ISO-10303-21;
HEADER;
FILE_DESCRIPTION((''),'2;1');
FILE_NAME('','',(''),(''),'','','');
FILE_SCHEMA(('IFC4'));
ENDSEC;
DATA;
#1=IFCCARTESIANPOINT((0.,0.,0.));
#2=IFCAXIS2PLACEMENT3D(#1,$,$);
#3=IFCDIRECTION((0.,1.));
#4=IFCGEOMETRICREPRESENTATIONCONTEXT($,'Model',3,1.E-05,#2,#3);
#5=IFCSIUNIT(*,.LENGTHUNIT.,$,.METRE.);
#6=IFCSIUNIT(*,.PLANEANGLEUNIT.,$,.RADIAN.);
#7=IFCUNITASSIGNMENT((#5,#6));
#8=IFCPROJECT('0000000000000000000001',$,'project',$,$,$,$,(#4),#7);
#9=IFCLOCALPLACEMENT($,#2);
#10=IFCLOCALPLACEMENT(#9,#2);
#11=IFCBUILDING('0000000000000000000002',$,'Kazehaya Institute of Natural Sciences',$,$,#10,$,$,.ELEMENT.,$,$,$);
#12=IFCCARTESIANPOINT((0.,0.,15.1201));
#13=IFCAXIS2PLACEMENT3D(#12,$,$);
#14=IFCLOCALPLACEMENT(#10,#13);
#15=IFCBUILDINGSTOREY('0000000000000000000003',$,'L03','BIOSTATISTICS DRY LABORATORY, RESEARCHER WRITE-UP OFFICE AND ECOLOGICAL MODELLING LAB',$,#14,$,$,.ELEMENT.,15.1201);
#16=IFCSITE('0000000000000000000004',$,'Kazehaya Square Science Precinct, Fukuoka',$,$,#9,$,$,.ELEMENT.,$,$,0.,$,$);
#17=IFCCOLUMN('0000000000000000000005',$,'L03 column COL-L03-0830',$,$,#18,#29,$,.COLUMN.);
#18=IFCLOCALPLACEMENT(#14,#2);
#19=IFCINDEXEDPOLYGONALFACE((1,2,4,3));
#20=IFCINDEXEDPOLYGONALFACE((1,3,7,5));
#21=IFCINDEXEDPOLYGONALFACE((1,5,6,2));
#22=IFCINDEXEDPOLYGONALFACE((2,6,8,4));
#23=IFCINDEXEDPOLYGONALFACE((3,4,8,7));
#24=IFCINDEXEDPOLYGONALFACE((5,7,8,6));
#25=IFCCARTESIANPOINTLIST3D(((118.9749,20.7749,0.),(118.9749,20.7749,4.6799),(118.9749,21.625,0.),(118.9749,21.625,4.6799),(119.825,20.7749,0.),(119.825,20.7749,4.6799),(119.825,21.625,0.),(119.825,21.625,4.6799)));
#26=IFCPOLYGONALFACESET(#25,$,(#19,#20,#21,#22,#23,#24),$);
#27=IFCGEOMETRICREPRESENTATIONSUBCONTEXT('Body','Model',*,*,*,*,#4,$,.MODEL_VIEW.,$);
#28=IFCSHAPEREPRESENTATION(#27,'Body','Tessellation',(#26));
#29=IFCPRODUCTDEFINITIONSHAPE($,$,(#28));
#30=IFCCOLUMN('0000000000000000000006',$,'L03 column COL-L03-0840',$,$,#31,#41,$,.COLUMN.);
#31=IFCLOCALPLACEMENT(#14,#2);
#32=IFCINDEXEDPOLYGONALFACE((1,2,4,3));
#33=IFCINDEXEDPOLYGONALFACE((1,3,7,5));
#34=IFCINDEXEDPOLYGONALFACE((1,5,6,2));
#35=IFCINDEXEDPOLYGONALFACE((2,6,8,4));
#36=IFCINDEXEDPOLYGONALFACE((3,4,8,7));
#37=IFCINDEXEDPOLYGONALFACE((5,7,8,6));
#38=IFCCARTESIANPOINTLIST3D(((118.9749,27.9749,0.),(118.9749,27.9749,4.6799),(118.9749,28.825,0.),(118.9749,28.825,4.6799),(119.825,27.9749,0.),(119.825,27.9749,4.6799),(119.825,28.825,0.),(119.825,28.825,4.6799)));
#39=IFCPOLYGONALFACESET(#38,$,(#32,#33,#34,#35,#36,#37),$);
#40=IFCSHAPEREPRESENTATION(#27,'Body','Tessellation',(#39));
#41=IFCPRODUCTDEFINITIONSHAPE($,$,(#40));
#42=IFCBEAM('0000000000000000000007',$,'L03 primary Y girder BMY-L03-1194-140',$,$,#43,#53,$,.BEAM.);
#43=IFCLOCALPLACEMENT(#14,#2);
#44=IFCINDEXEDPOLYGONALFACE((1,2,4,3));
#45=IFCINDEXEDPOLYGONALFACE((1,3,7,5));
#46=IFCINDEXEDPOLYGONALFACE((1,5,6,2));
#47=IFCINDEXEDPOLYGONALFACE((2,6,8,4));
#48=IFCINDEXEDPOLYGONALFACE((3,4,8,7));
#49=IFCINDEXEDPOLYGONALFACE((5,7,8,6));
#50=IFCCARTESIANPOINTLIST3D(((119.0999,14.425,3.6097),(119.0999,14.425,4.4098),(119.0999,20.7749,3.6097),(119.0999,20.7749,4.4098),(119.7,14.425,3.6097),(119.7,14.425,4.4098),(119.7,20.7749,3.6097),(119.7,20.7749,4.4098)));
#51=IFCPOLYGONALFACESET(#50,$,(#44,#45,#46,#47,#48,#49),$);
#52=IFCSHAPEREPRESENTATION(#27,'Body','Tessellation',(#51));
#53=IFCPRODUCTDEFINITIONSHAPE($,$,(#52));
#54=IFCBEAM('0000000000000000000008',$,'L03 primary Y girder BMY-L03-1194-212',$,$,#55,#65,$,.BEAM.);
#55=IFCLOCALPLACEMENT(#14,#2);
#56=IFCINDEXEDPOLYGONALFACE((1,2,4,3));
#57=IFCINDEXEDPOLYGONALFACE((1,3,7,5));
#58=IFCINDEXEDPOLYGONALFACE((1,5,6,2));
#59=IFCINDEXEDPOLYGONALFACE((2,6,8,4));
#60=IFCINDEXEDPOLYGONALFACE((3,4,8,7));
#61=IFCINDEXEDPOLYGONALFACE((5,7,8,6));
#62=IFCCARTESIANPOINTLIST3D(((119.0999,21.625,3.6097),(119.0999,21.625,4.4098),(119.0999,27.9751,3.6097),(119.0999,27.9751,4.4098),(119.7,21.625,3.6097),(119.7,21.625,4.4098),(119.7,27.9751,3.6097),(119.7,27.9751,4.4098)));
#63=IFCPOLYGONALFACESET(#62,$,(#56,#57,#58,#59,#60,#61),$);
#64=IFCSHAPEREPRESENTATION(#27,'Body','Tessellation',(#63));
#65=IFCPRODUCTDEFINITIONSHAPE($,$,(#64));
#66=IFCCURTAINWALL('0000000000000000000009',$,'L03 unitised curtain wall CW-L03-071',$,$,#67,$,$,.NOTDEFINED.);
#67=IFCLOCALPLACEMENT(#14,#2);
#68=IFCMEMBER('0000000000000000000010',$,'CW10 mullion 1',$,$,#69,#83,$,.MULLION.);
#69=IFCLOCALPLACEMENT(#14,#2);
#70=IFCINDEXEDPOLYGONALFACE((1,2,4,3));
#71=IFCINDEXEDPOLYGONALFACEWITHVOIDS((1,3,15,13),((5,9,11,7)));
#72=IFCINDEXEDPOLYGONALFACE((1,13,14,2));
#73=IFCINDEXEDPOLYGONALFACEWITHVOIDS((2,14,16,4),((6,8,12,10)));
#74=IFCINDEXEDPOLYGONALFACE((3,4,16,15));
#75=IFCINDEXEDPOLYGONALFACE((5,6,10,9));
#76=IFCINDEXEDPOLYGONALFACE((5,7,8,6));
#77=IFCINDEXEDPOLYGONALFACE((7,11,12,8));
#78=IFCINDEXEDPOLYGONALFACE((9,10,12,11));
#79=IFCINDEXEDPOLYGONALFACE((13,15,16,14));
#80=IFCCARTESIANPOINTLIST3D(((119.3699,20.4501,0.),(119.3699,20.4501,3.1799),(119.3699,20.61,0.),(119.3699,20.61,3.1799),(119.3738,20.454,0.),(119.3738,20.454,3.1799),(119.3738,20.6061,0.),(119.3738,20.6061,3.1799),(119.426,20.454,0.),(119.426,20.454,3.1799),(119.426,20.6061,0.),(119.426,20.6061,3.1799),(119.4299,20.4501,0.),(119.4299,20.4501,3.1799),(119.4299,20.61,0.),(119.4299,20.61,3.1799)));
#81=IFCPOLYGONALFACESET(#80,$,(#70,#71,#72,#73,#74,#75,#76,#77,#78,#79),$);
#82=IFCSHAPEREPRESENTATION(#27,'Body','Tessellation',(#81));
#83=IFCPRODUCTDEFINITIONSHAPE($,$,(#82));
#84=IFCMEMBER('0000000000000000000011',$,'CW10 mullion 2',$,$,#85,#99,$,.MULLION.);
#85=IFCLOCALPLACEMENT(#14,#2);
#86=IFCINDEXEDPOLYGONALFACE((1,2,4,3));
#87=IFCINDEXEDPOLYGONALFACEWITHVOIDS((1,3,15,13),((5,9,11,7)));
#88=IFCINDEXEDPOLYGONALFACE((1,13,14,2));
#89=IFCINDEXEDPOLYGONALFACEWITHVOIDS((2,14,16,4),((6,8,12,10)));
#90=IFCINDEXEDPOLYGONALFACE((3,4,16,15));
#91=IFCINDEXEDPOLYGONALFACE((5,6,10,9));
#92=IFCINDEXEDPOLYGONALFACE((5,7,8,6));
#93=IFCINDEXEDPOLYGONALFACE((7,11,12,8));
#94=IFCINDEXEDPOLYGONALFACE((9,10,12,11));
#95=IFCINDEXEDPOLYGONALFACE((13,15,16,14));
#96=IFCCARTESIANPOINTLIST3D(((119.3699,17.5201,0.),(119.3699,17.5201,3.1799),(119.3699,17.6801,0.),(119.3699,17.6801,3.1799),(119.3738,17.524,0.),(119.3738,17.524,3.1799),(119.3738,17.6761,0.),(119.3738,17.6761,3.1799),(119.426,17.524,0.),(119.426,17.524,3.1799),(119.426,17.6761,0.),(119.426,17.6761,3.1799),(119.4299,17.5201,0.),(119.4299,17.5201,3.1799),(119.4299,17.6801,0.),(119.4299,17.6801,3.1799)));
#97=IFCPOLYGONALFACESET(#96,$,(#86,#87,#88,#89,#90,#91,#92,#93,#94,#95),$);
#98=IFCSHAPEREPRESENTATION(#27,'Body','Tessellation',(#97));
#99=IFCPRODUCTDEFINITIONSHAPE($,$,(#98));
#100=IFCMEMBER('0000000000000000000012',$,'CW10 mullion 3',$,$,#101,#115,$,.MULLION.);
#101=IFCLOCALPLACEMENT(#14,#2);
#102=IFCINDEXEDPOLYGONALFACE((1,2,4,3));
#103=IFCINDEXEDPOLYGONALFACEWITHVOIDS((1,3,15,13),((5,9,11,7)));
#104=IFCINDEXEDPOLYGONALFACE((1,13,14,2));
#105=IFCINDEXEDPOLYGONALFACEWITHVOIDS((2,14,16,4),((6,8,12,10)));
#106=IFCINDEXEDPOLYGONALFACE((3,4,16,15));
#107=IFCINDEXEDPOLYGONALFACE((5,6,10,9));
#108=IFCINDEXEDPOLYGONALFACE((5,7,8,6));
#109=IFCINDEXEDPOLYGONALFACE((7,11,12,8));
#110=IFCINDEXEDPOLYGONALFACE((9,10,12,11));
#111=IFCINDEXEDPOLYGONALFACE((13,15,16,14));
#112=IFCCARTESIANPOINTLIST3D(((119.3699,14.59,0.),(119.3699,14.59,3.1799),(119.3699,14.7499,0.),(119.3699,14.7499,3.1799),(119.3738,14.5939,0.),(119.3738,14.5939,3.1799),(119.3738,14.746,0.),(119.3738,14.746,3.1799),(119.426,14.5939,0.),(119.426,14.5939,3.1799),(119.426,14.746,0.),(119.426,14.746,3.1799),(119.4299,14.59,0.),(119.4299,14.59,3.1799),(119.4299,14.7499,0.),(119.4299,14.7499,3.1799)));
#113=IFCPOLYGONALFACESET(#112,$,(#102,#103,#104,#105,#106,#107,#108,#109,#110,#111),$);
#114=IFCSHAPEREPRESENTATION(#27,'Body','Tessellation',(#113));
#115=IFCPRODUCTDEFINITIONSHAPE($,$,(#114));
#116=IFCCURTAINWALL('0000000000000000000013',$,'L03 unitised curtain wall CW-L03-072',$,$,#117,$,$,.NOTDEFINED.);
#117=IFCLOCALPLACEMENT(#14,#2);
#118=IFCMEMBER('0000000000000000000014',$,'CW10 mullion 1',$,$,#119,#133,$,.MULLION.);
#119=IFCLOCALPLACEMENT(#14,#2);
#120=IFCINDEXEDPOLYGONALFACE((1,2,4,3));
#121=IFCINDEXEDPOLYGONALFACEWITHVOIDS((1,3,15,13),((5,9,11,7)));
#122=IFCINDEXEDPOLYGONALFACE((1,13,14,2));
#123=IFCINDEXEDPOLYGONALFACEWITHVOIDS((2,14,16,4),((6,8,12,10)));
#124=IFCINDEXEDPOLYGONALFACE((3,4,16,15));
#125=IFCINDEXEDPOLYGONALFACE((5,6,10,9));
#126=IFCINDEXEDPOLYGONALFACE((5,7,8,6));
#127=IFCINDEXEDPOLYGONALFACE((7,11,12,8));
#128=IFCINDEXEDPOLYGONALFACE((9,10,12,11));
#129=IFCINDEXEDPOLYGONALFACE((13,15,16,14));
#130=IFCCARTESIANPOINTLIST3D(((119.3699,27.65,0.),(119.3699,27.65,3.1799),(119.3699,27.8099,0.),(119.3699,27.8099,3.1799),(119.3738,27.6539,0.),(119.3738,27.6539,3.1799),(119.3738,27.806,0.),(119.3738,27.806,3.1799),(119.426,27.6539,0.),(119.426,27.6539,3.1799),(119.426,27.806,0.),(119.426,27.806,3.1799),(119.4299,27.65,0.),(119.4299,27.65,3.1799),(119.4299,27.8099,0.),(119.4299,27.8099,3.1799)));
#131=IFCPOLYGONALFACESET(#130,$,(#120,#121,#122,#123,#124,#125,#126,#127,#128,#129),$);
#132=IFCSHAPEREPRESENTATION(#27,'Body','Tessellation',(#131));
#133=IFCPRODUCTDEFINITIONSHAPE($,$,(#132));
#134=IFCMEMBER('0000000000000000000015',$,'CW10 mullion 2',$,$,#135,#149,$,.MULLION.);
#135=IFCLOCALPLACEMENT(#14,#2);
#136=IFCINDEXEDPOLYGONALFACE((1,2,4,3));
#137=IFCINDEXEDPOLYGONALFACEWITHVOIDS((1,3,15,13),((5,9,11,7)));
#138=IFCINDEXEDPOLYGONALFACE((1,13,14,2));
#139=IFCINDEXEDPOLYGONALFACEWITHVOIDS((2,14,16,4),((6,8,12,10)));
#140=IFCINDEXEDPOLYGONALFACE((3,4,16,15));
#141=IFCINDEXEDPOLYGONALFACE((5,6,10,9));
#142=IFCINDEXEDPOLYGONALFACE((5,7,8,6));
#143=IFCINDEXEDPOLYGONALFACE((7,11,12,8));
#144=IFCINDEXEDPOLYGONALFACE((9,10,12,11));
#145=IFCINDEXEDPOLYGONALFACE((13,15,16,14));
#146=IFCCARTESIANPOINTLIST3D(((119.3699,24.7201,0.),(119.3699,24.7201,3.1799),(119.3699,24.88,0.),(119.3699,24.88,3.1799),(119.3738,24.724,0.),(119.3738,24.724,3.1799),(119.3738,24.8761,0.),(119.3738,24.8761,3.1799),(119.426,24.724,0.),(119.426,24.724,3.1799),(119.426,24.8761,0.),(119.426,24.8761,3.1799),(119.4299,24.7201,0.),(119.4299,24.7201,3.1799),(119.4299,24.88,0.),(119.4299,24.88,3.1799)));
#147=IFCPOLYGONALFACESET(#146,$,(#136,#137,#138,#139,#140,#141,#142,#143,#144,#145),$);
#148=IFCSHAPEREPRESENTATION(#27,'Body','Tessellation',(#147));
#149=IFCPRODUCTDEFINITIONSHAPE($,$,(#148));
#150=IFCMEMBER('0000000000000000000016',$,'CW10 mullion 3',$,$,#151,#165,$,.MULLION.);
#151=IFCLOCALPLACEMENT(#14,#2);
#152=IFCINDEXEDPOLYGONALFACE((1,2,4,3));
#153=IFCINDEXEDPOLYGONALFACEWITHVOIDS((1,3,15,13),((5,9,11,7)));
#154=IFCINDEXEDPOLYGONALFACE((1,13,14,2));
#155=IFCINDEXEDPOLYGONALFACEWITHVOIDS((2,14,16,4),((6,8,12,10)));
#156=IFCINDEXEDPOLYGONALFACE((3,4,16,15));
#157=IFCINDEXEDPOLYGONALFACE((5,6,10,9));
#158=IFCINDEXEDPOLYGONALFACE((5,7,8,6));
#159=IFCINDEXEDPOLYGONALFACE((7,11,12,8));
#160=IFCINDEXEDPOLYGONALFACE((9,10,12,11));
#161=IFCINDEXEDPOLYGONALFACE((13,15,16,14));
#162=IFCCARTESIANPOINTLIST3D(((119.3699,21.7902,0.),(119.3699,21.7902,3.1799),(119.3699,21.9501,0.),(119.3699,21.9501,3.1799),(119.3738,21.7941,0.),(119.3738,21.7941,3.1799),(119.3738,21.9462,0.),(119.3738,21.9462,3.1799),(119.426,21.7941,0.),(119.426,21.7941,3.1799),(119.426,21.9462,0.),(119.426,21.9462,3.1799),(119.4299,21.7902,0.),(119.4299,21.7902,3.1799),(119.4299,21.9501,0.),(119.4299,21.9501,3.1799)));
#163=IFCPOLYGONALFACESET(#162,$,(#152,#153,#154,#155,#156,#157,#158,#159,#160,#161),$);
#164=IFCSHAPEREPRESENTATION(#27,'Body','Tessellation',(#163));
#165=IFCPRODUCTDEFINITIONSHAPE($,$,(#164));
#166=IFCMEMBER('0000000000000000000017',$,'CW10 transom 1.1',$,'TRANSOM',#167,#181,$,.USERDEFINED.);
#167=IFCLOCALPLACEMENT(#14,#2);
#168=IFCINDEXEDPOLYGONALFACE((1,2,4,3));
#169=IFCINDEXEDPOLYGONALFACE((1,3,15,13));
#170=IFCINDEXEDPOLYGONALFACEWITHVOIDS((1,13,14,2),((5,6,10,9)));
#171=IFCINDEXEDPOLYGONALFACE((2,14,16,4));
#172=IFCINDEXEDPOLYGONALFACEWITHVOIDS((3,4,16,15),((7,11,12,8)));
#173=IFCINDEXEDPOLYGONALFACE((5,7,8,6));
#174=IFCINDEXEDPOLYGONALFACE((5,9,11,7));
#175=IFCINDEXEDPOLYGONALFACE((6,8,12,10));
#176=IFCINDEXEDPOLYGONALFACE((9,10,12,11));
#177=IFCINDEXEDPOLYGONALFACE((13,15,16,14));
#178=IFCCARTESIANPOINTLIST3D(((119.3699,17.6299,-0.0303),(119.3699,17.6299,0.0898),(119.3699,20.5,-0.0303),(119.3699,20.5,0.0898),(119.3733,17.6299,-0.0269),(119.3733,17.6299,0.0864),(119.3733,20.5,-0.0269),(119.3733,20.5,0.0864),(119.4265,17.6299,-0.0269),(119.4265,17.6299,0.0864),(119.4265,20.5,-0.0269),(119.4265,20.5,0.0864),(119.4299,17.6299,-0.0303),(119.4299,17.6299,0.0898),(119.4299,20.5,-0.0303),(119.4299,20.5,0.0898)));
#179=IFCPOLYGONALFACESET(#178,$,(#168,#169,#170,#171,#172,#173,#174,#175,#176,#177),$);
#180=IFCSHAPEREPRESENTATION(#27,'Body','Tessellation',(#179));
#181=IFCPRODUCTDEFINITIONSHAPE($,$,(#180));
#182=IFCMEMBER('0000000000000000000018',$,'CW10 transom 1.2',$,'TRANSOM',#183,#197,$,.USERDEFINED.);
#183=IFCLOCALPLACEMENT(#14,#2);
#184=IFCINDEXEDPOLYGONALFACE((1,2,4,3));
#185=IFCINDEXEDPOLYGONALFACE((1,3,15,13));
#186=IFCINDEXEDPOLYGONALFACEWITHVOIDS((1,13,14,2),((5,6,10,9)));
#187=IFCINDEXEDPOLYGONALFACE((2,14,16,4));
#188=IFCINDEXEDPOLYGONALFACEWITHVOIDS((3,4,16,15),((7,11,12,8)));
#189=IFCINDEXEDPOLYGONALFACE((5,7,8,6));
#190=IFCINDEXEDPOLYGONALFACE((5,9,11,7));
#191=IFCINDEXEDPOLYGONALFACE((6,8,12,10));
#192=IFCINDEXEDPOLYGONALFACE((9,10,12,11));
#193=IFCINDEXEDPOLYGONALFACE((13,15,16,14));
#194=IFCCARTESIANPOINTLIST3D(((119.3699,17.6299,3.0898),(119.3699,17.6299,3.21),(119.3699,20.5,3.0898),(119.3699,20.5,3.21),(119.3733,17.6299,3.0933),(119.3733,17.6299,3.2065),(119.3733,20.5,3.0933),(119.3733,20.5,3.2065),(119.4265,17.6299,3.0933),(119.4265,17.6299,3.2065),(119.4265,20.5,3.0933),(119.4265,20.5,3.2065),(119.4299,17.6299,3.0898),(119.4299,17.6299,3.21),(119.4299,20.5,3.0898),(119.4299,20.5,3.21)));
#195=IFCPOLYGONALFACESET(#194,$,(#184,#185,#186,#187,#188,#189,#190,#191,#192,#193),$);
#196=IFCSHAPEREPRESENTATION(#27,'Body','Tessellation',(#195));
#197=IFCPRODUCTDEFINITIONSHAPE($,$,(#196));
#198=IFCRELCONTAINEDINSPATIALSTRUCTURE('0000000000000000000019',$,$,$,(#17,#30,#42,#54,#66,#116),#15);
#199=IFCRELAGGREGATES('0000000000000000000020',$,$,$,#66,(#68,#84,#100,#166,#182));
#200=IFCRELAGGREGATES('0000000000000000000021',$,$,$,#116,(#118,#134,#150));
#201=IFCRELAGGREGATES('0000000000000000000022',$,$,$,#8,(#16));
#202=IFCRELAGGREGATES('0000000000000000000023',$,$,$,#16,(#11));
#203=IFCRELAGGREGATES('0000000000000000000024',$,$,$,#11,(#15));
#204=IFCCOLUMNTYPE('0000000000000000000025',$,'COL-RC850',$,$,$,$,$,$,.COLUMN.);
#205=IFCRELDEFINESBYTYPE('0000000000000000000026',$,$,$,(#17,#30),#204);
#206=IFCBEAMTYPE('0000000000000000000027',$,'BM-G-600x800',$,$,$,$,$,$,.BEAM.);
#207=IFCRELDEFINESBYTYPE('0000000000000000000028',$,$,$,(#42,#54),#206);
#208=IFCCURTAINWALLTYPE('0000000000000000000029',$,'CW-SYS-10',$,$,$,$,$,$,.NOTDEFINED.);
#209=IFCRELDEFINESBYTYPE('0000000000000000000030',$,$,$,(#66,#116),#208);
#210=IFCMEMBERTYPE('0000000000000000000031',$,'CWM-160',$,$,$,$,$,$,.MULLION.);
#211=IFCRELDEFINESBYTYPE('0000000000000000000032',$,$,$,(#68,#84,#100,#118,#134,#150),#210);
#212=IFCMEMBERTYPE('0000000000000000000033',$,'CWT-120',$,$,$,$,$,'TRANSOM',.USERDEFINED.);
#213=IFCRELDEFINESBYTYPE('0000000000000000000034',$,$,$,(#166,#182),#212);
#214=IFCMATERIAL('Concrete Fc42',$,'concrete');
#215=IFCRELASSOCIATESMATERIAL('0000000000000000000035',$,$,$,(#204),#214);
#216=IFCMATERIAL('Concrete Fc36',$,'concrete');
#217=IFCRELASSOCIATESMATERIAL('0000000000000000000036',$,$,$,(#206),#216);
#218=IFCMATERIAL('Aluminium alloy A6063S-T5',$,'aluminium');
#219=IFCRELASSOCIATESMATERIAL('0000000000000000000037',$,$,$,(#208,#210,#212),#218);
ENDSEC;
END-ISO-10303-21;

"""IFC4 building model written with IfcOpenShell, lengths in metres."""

from ifc_helpers import new_model, si_unit, direction, frame, origin, origin_2d, place, context, subcontext, project, spatial, rectangle, hollow_rectangle, extrude, material, material_profile, profile_set, type_object, element, aggregate, save


model = new_model("IFC4")

# Units and contexts
model_context = context("Model", 3, precision=1e-05, world=origin(), true_north=direction((0.0, 1.0)))
body_context = subcontext(model_context, "Body", "Model", "MODEL_VIEW")
ifc_project = project(units=[si_unit("LENGTHUNIT", "METRE"), si_unit("PLANEANGLEUNIT", "RADIAN")], contexts=[model_context])

# Site, building, storey
site_placement = place(None, origin())
site = spatial("IfcSite", under=ifc_project, at=site_placement, Name="Kazehaya Square Science Precinct, Fukuoka", CompositionType="ELEMENT", RefElevation=0.0)
building_placement = place(site_placement, origin())
building = spatial("IfcBuilding", under=site, at=building_placement, Name="Kazehaya Institute of Natural Sciences", CompositionType="ELEMENT")
storey_placement = place(building_placement, frame((0.0, 0.0, 15.1201)))
storey = spatial("IfcBuildingStorey", under=building, at=storey_placement, Name="L03", Description="BIOSTATISTICS DRY LABORATORY, RESEARCHER WRITE-UP OFFICE AND ECOLOGICAL MODELLING LAB", CompositionType="ELEMENT", Elevation=15.1201)

# Columns
ifc_material_1 = material(Name="Concrete Fc42", Category="concrete")
ifc_material_profile_1 = material_profile(ifc_material_1, rectangle(XDim=0.8501, YDim=0.8501, at=origin_2d()), Name="RC-850x850")
ifc_profile_set_1 = profile_set([ifc_material_profile_1], Name="Concrete Fc42")
column_type = type_object("IfcColumnType", Name="COL-RC850", PredefinedType="COLUMN", material=ifc_profile_set_1)
for number, where, z_axis, x_axis, name in (
    (1, (119.3999, 21.2, 0.0), (0.0, 0.0, 1.0), (1.0, 0.0, 0.0), "L03 column COL-L03-0830"),
    (2, (119.3999, 28.3999, 0.0), (0.0, 0.0, 1.0), (1.0, 0.0, 0.0), "L03 column COL-L03-0840"),
):
    element("IfcColumn", number, at=place(storey_placement, frame(where, z_axis=z_axis, x_axis=x_axis)), inside=storey, type_object=column_type, Name=name, PredefinedType="COLUMN", context=body_context, shape_type="SweptSolid", body=[
        extrude(rectangle(XDim=0.8501, YDim=0.8501, at=origin_2d()), origin(), (0.0, 0.0, 1.0), 4.6799),
    ])

# Beams
ifc_material_2 = material(Name="Concrete Fc36", Category="concrete")
ifc_material_profile_2 = material_profile(ifc_material_2, rectangle(XDim=0.6001, YDim=0.8, at=origin_2d()), Name="RC-600x800")
ifc_profile_set_2 = profile_set([ifc_material_profile_2], Name="Concrete Fc36")
beam_type = type_object("IfcBeamType", Name="BM-G-600x800", PredefinedType="BEAM", material=ifc_profile_set_2)
beam_1_placement = place(storey_placement, frame((119.3999, 14.425, 4.0098), z_axis=(0.0, 1.0, 0.0), x_axis=(-1.0, 0.0, 0.0)))
element("IfcBeam", 3, at=beam_1_placement, inside=storey, type_object=beam_type, Name="L03 primary Y girder BMY-L03-1194-140", PredefinedType="BEAM", context=body_context, shape_type="SweptSolid", body=[
    extrude(rectangle(XDim=0.6001, YDim=0.8, at=origin_2d()), origin(), (0.0, 0.0, 1.0), 6.3499),
])
beam_2_placement = place(storey_placement, frame((119.3999, 21.625, 4.0098), z_axis=(0.0, 1.0, 0.0), x_axis=(-1.0, 0.0, 0.0)))
element("IfcBeam", 4, at=beam_2_placement, inside=storey, type_object=beam_type, Name="L03 primary Y girder BMY-L03-1194-212", PredefinedType="BEAM", context=body_context, shape_type="SweptSolid", body=[
    extrude(rectangle(XDim=0.6001, YDim=0.8, at=origin_2d()), origin(), (0.0, 0.0, 1.0), 6.3501),
])

# Curtain walls, members
ifc_material_3 = material(Name="Aluminium alloy A6063S-T5", Category="aluminium")
curtain_wall_type = type_object("IfcCurtainWallType", Name="CW-SYS-10", PredefinedType="NOTDEFINED", material=ifc_material_3)
curtain_wall_1_placement = place(storey_placement, origin())
curtain_wall_1 = element("IfcCurtainWall", 5, at=curtain_wall_1_placement, inside=storey, type_object=curtain_wall_type, Name="L03 unitised curtain wall CW-L03-071", PredefinedType="NOTDEFINED")
ifc_material_profile_3 = material_profile(ifc_material_3, hollow_rectangle(XDim=0.0601, YDim=0.1599, WallThickness=0.0039, at=origin_2d()), Name="ALU-60x160x4")
ifc_profile_set_3 = profile_set([ifc_material_profile_3], Name="Aluminium alloy A6063S-T5")
member_type_1 = type_object("IfcMemberType", Name="CWM-160", PredefinedType="MULLION", material=ifc_profile_set_3)
member_1_placement = place(storey_placement, frame((119.3999, 20.53, 0.0), z_axis=(0.0, 0.0, 1.0), x_axis=(1.0, 0.0, 0.0)))
member_1 = element("IfcMember", 6, at=member_1_placement, type_object=member_type_1, Name="CW10 mullion 1", PredefinedType="MULLION", context=body_context, shape_type="SweptSolid", body=[
    extrude(hollow_rectangle(XDim=0.0601, YDim=0.1599, WallThickness=0.0039, at=origin_2d()), origin(), (0.0, 0.0, 1.0), 3.1799),
])
member_2_placement = place(storey_placement, frame((119.3999, 17.6001, 0.0), z_axis=(0.0, 0.0, 1.0), x_axis=(1.0, 0.0, 0.0)))
member_2 = element("IfcMember", 7, at=member_2_placement, type_object=member_type_1, Name="CW10 mullion 2", PredefinedType="MULLION", context=body_context, shape_type="SweptSolid", body=[
    extrude(hollow_rectangle(XDim=0.0601, YDim=0.1599, WallThickness=0.0039, at=origin_2d()), origin(), (0.0, 0.0, 1.0), 3.1799),
])
member_3_placement = place(storey_placement, frame((119.3999, 14.6699, 0.0), z_axis=(0.0, 0.0, 1.0), x_axis=(1.0, 0.0, 0.0)))
member_3 = element("IfcMember", 8, at=member_3_placement, type_object=member_type_1, Name="CW10 mullion 3", PredefinedType="MULLION", context=body_context, shape_type="SweptSolid", body=[
    extrude(hollow_rectangle(XDim=0.0601, YDim=0.1599, WallThickness=0.0039, at=origin_2d()), origin(), (0.0, 0.0, 1.0), 3.1799),
])
curtain_wall_2_placement = place(storey_placement, origin())
curtain_wall_2 = element("IfcCurtainWall", 9, at=curtain_wall_2_placement, inside=storey, type_object=curtain_wall_type, Name="L03 unitised curtain wall CW-L03-072", PredefinedType="NOTDEFINED")
member_4_placement = place(storey_placement, frame((119.3999, 27.73, 0.0), z_axis=(0.0, 0.0, 1.0), x_axis=(1.0, 0.0, 0.0)))
member_4 = element("IfcMember", 10, at=member_4_placement, type_object=member_type_1, Name="CW10 mullion 1", PredefinedType="MULLION", context=body_context, shape_type="SweptSolid", body=[
    extrude(hollow_rectangle(XDim=0.0601, YDim=0.1599, WallThickness=0.0039, at=origin_2d()), origin(), (0.0, 0.0, 1.0), 3.1799),
])
member_5_placement = place(storey_placement, frame((119.3999, 24.8, 0.0), z_axis=(0.0, 0.0, 1.0), x_axis=(1.0, 0.0, 0.0)))
member_5 = element("IfcMember", 11, at=member_5_placement, type_object=member_type_1, Name="CW10 mullion 2", PredefinedType="MULLION", context=body_context, shape_type="SweptSolid", body=[
    extrude(hollow_rectangle(XDim=0.0601, YDim=0.1599, WallThickness=0.0039, at=origin_2d()), origin(), (0.0, 0.0, 1.0), 3.1799),
])
member_6_placement = place(storey_placement, frame((119.3999, 21.8701, 0.0), z_axis=(0.0, 0.0, 1.0), x_axis=(1.0, 0.0, 0.0)))
member_6 = element("IfcMember", 12, at=member_6_placement, type_object=member_type_1, Name="CW10 mullion 3", PredefinedType="MULLION", context=body_context, shape_type="SweptSolid", body=[
    extrude(hollow_rectangle(XDim=0.0601, YDim=0.1599, WallThickness=0.0039, at=origin_2d()), origin(), (0.0, 0.0, 1.0), 3.1799),
])

# Members
ifc_material_profile_4 = material_profile(ifc_material_3, hollow_rectangle(XDim=0.0601, YDim=0.1201, WallThickness=0.0034, at=origin_2d()), Name="ALU-60x120x3.5")
ifc_profile_set_4 = profile_set([ifc_material_profile_4], Name="Aluminium alloy A6063S-T5")
member_type_2 = type_object("IfcMemberType", Name="CWT-120", ElementType="TRANSOM", PredefinedType="USERDEFINED", material=ifc_profile_set_4)
member_7_placement = place(storey_placement, frame((119.3999, 20.5, 0.0298), z_axis=(0.0, -1.0, 0.0), x_axis=(1.0, 0.0, 0.0)))
member_7 = element("IfcMember", 13, at=member_7_placement, type_object=member_type_2, Name="CW10 transom 1.1", ObjectType="TRANSOM", PredefinedType="USERDEFINED", context=body_context, shape_type="SweptSolid", body=[
    extrude(hollow_rectangle(XDim=0.0601, YDim=0.1201, WallThickness=0.0034, at=origin_2d()), origin(), (0.0, 0.0, 1.0), 2.8701),
])
member_8_placement = place(storey_placement, frame((119.3999, 20.5, 3.1499), z_axis=(0.0, -1.0, 0.0), x_axis=(1.0, 0.0, 0.0)))
member_8 = element("IfcMember", 14, at=member_8_placement, type_object=member_type_2, Name="CW10 transom 1.2", ObjectType="TRANSOM", PredefinedType="USERDEFINED", context=body_context, shape_type="SweptSolid", body=[
    extrude(hollow_rectangle(XDim=0.0601, YDim=0.1201, WallThickness=0.0034, at=origin_2d()), origin(), (0.0, 0.0, 1.0), 2.8701),
])

aggregate(curtain_wall_1, [member_1, member_2, member_3, member_7, member_8])
aggregate(curtain_wall_2, [member_4, member_5, member_6])

save(model, "model.ifc")
